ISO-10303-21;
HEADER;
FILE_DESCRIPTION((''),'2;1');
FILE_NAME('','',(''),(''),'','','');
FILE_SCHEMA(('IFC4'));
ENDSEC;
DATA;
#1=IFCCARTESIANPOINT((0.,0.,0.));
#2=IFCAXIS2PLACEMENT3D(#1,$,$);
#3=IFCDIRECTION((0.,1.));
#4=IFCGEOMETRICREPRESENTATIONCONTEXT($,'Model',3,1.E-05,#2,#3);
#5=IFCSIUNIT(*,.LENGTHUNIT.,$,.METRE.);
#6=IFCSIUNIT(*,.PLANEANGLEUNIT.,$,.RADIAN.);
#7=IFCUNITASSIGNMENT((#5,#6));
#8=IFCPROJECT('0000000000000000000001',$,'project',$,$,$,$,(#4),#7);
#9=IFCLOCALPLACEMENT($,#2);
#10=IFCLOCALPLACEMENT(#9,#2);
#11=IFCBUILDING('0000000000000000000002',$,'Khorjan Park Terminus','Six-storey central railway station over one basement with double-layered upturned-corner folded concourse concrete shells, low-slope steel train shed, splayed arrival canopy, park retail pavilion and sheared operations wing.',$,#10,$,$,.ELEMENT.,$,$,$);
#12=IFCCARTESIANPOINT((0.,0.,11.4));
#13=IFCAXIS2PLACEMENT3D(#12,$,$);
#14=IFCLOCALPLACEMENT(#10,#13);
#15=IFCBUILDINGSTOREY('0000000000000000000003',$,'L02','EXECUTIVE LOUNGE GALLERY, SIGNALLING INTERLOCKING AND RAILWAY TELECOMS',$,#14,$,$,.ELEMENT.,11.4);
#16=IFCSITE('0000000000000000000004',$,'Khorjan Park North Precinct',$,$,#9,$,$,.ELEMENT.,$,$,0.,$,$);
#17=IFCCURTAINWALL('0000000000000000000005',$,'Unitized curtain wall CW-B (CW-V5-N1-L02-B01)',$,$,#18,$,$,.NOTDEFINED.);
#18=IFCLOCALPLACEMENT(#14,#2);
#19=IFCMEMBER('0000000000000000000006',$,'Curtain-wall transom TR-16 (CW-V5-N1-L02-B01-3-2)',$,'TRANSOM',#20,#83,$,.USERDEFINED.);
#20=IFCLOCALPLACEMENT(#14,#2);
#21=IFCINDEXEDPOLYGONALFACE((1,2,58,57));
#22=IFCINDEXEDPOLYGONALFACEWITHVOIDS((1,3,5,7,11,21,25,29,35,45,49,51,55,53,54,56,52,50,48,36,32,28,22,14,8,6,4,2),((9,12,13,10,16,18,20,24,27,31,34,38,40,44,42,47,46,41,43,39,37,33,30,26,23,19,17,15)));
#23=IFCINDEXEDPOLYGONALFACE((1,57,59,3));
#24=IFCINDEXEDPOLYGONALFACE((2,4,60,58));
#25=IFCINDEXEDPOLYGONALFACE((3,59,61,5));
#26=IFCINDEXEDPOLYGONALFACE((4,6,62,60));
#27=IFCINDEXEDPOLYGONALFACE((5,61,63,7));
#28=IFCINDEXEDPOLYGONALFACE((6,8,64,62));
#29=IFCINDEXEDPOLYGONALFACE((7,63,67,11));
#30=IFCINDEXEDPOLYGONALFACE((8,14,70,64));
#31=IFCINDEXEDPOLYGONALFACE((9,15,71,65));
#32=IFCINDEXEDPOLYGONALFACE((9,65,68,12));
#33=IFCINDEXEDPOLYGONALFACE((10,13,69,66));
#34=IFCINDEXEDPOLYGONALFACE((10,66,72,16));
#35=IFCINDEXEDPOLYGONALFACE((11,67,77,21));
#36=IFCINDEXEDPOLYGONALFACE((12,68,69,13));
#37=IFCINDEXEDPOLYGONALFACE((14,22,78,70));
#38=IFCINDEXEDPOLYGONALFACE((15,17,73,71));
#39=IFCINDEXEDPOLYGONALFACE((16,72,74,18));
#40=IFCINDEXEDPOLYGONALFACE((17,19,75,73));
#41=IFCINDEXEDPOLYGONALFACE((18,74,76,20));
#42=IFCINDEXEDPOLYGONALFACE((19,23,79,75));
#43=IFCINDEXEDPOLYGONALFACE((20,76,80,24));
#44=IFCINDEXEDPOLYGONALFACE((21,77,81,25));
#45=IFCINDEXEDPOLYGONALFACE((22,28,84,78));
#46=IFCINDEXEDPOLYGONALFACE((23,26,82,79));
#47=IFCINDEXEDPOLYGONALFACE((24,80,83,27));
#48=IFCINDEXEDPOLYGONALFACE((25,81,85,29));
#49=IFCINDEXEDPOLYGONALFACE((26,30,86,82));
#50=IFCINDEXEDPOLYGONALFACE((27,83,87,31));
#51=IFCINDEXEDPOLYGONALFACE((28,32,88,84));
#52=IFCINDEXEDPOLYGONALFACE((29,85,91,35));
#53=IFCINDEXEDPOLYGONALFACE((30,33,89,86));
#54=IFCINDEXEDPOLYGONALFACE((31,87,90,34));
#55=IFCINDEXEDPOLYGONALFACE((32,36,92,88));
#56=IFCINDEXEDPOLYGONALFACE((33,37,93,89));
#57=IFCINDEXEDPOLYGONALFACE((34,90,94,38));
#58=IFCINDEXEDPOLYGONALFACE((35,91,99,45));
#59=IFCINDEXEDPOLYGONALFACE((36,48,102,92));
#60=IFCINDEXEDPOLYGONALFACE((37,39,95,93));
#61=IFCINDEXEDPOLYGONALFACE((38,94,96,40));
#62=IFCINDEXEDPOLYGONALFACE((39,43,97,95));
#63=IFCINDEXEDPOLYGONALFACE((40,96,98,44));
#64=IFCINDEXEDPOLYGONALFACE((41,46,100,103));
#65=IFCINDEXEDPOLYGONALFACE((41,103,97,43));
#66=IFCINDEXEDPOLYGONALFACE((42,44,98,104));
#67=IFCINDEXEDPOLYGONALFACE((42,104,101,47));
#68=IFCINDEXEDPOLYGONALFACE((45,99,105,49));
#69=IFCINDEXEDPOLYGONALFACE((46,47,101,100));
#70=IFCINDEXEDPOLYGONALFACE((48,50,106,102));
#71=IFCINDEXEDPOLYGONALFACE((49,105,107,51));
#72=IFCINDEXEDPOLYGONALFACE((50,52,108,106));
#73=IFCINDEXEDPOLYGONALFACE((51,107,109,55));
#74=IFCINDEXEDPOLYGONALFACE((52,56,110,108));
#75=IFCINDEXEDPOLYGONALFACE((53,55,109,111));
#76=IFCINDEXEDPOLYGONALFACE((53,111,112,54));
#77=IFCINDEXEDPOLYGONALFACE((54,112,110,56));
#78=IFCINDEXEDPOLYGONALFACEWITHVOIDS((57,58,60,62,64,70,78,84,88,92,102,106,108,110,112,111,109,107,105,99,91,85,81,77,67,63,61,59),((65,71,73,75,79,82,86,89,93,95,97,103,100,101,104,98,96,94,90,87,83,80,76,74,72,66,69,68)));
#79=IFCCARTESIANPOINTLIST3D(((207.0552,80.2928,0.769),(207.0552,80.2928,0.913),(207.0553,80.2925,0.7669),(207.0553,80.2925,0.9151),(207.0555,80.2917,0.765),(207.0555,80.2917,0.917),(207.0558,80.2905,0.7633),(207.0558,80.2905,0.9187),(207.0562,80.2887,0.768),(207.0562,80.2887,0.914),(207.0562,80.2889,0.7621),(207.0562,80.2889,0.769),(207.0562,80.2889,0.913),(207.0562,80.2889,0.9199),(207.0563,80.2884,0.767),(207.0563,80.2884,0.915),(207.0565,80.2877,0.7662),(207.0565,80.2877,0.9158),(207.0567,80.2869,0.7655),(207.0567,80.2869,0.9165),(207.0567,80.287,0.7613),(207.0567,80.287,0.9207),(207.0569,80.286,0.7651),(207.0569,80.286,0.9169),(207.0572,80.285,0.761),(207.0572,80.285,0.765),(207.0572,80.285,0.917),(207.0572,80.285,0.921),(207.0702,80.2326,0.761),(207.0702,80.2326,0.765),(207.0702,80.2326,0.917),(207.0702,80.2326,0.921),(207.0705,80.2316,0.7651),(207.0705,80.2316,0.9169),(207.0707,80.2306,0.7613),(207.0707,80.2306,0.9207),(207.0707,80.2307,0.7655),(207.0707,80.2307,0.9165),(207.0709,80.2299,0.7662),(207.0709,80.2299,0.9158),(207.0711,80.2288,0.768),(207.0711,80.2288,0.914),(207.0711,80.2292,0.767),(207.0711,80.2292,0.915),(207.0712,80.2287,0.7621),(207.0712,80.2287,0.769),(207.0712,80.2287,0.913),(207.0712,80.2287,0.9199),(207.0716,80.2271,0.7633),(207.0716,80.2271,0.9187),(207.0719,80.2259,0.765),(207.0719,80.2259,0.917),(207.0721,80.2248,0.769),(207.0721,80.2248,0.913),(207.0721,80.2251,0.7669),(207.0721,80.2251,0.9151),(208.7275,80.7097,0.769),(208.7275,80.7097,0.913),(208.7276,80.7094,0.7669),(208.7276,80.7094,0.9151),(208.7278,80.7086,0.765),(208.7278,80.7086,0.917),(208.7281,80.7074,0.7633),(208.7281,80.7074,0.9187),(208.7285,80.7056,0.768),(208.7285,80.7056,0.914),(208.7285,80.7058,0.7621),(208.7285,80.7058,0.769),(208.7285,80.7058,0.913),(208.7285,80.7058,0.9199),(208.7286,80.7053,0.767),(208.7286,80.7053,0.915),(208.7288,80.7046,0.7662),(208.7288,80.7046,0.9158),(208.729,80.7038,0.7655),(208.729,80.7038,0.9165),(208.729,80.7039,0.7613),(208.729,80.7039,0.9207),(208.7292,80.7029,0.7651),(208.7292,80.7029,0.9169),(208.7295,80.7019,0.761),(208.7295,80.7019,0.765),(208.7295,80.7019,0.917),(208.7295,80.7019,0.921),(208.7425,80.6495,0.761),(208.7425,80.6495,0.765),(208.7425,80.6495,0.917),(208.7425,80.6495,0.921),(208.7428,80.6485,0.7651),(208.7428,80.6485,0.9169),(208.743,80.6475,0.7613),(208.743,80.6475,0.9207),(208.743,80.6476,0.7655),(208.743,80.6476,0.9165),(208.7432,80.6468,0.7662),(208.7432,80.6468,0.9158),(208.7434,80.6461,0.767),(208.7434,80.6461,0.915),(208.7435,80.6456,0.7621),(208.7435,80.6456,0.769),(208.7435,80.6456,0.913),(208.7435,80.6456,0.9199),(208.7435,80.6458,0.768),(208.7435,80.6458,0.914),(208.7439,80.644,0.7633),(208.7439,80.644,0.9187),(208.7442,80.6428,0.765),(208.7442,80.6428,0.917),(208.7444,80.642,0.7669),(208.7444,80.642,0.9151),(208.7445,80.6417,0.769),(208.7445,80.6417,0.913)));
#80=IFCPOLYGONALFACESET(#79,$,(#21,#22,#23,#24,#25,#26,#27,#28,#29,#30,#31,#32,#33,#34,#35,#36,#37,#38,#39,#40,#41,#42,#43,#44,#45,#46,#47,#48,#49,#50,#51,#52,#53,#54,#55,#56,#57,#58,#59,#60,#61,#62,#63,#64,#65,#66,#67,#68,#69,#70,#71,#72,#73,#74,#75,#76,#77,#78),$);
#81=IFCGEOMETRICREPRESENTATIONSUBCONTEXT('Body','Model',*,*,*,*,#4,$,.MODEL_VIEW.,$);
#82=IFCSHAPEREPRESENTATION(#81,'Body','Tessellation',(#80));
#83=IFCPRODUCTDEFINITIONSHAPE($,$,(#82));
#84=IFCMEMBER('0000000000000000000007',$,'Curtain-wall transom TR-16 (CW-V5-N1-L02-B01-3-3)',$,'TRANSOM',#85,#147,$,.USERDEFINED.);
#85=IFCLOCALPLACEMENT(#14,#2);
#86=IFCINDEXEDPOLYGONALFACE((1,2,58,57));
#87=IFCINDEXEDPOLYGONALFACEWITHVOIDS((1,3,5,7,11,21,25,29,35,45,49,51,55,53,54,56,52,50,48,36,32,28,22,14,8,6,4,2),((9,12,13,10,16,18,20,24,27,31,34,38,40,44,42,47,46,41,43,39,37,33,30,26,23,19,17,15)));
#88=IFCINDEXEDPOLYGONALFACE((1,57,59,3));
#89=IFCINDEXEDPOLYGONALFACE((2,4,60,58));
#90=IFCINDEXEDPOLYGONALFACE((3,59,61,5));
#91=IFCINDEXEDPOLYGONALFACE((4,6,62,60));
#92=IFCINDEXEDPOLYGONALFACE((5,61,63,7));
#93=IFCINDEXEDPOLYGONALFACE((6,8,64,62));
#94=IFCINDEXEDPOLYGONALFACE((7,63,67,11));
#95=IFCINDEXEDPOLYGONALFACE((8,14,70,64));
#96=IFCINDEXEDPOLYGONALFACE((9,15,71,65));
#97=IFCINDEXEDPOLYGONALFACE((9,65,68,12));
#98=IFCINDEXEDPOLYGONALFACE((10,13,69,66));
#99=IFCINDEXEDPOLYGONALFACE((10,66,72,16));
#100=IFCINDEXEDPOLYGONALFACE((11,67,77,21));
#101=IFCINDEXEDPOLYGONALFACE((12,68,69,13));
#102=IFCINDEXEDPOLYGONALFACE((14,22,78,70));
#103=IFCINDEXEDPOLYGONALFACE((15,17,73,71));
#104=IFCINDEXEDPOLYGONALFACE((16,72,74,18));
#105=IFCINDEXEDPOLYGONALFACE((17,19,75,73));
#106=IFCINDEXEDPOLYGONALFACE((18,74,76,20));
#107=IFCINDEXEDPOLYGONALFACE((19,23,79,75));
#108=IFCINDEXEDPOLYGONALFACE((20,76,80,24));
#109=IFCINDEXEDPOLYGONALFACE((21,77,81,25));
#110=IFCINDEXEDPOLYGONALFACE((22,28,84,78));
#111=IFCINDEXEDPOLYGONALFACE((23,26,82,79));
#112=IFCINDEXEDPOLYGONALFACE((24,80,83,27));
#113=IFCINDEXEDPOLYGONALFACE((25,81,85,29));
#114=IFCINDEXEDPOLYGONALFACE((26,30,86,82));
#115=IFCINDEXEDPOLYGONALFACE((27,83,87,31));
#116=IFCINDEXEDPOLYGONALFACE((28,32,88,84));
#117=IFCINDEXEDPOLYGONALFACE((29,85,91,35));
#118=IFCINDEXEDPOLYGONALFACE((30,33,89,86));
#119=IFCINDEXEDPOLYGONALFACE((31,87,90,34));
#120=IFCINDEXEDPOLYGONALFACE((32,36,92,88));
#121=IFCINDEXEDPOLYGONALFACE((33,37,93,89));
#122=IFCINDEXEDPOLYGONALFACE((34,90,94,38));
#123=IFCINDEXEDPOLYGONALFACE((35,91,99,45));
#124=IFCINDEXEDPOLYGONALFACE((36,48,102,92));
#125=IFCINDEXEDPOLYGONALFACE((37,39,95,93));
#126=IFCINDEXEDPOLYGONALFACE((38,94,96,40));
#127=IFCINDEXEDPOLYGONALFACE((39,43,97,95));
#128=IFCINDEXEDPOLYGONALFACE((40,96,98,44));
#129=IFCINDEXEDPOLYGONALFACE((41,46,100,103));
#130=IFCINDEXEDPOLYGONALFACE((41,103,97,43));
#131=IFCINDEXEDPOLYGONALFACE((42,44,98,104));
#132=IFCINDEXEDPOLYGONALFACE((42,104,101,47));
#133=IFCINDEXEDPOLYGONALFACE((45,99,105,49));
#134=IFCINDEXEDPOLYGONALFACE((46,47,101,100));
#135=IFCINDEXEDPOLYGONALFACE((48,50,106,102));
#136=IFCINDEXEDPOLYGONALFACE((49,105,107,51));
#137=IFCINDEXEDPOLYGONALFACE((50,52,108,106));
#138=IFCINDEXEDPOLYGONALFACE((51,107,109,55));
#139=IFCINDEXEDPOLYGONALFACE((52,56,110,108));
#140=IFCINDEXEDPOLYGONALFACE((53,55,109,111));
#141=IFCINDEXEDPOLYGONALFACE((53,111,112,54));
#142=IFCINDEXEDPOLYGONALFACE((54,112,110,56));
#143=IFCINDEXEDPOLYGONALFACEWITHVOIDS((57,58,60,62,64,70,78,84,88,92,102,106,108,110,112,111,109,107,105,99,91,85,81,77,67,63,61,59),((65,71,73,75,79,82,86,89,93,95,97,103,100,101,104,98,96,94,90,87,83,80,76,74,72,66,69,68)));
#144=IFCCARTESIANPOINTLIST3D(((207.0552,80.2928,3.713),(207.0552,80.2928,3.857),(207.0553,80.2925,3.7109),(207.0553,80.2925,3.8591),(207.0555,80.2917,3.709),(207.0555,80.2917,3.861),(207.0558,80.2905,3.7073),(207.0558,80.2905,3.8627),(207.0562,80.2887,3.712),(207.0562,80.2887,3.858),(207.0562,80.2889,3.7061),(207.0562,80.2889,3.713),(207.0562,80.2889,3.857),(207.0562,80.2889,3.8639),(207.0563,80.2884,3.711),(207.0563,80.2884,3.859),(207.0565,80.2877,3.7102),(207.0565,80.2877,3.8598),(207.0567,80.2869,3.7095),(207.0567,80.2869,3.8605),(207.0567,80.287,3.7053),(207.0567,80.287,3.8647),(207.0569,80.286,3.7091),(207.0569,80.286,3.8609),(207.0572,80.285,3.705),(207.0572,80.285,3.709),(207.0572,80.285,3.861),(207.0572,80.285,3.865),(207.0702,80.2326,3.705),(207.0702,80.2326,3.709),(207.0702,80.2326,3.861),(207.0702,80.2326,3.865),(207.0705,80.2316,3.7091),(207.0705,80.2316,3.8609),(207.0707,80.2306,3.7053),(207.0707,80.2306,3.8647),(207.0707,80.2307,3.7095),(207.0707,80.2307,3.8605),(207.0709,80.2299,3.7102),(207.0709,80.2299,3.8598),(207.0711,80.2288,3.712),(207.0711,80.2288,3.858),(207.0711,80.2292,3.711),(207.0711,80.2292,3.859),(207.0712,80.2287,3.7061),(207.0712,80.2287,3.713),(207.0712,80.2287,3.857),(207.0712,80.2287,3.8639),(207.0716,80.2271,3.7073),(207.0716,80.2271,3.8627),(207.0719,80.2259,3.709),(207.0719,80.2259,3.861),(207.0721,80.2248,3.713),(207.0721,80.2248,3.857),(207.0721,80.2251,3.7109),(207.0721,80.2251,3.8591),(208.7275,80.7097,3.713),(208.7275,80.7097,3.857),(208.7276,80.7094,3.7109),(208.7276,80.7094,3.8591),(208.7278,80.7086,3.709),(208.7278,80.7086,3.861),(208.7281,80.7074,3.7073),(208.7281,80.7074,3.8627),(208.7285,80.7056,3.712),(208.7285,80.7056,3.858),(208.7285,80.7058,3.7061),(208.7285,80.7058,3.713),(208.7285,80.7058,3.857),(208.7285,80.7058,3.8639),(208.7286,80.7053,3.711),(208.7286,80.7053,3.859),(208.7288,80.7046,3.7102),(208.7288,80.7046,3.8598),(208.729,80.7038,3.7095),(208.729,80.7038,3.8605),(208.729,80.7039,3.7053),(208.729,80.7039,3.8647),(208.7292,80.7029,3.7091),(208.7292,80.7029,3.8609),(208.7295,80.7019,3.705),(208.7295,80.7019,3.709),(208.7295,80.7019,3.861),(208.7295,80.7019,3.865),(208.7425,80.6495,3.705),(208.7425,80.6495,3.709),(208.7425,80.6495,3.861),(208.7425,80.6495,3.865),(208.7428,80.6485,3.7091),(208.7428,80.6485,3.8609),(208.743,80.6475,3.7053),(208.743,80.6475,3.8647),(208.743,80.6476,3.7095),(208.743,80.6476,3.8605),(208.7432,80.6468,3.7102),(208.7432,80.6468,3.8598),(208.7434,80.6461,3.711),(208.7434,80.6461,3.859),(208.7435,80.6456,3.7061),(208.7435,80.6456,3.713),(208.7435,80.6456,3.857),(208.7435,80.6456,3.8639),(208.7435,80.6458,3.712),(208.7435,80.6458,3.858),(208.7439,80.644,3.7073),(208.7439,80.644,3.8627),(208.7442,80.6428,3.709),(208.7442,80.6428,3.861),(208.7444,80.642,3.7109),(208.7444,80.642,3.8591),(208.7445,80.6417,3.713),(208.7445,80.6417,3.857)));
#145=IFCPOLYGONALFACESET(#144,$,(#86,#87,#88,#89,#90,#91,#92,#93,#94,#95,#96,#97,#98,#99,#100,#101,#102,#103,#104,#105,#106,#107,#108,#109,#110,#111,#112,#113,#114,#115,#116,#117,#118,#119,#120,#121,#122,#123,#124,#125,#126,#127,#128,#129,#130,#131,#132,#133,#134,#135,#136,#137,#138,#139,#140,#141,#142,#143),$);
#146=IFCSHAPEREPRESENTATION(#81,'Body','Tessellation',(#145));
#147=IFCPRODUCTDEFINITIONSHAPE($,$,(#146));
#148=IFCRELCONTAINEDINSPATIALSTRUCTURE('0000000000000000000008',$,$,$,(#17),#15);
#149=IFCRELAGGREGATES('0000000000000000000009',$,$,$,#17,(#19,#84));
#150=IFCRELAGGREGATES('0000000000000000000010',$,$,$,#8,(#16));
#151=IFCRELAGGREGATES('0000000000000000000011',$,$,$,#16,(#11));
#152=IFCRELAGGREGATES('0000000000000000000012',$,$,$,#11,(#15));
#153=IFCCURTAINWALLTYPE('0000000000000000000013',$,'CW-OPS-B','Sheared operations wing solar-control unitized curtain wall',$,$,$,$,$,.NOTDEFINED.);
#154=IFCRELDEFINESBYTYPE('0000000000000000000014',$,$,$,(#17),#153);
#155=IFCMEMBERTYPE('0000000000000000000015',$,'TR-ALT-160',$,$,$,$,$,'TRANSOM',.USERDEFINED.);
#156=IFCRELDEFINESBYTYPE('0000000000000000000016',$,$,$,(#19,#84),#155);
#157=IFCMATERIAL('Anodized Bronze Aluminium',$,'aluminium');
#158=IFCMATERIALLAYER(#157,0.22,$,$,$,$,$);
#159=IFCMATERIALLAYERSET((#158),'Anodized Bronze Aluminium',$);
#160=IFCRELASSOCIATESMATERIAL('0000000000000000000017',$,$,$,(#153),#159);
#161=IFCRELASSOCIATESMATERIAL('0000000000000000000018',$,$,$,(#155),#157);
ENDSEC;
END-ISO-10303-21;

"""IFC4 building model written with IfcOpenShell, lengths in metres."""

from ifc_helpers import new_model, si_unit, direction, frame, origin, origin_2d, place, context, subcontext, project, spatial, hollow_rectangle, extrude, material, layer, layer_set, material_profile, profile_set, type_object, element, aggregate, save


model = new_model("IFC4")

# Units and contexts
model_context = context("Model", 3, precision=1e-05, world=origin(), true_north=direction((0.0, 1.0)))
body_context = subcontext(model_context, "Body", "Model", "MODEL_VIEW")
ifc_project = project(units=[si_unit("LENGTHUNIT", "METRE"), si_unit("PLANEANGLEUNIT", "RADIAN")], contexts=[model_context])

# Site, building, storey
site_placement = place(None, origin())
site = spatial("IfcSite", under=ifc_project, at=site_placement, Name="Khorjan Park North Precinct", CompositionType="ELEMENT", RefElevation=0.0)
building_placement = place(site_placement, origin())
building = spatial("IfcBuilding", under=site, at=building_placement, Name="Khorjan Park Terminus", Description="Six-storey central railway station over one basement with double-layered upturned-corner folded concourse concrete shells, low-slope steel train shed, splayed arrival canopy, park retail pavilion and sheared operations wing.", CompositionType="ELEMENT")
storey_placement = place(building_placement, frame((0.0, 0.0, 11.4)))
storey = spatial("IfcBuildingStorey", under=building, at=storey_placement, Name="L02", Description="EXECUTIVE LOUNGE GALLERY, SIGNALLING INTERLOCKING AND RAILWAY TELECOMS", CompositionType="ELEMENT", Elevation=11.4)

# Curtain wall, members
ifc_material_1 = material(Name="Anodized Bronze Aluminium", Category="aluminium")
ifc_layer_1 = layer(ifc_material_1, 0.22)
ifc_layer_set_1 = layer_set([ifc_layer_1], Name="Anodized Bronze Aluminium")
curtain_wall_type = type_object("IfcCurtainWallType", Name="CW-OPS-B", Description="Sheared operations wing solar-control unitized curtain wall", PredefinedType="NOTDEFINED", material=ifc_layer_set_1)
curtain_wall_placement = place(storey_placement, origin())
curtain_wall = element("IfcCurtainWall", 1, at=curtain_wall_placement, inside=storey, type_object=curtain_wall_type, Name="Unitized curtain wall CW-B (CW-V5-N1-L02-B01)", PredefinedType="NOTDEFINED")
ifc_material_profile_1 = material_profile(ifc_material_1, hollow_rectangle(XDim=0.07, YDim=0.16, WallThickness=0.004, InnerFilletRadius=0.004, OuterFilletRadius=0.008, at=origin_2d()), Name="ALT 70x160x4")
ifc_profile_set_1 = profile_set([ifc_material_profile_1], Name="Anodized Bronze Aluminium")
member_type_1 = type_object("IfcMemberType", Name="TR-ALT-160", ElementType="TRANSOM", PredefinedType="USERDEFINED", material=ifc_profile_set_1)
member_1_placement = place(storey_placement, frame((208.736, 80.6757, 0.841), z_axis=(-0.970303, -0.241894, 0.0), x_axis=(0.241894, -0.970303, 0.0)))
member_1 = element("IfcMember", 2, at=member_1_placement, type_object=member_type_1, Name="Curtain-wall transom TR-16 (CW-V5-N1-L02-B01-3-2)", ObjectType="TRANSOM", PredefinedType="USERDEFINED", context=body_context, shape_type="SweptSolid", body=[
    extrude(hollow_rectangle(XDim=0.07, YDim=0.16, WallThickness=0.004, InnerFilletRadius=0.004, OuterFilletRadius=0.008, at=origin_2d()), origin(), (0.0, 0.0, 1.0), 1.7235),
])
member_2_placement = place(storey_placement, frame((208.736, 80.6757, 3.785), z_axis=(-0.970303, -0.241894, 0.0), x_axis=(0.241894, -0.970303, 0.0)))
member_2 = element("IfcMember", 3, at=member_2_placement, type_object=member_type_1, Name="Curtain-wall transom TR-16 (CW-V5-N1-L02-B01-3-3)", ObjectType="TRANSOM", PredefinedType="USERDEFINED", context=body_context, shape_type="SweptSolid", body=[
    extrude(hollow_rectangle(XDim=0.07, YDim=0.16, WallThickness=0.004, InnerFilletRadius=0.004, OuterFilletRadius=0.008, at=origin_2d()), origin(), (0.0, 0.0, 1.0), 1.7235),
])
aggregate(curtain_wall, [member_1, member_2])

save(model, "model.ifc")
